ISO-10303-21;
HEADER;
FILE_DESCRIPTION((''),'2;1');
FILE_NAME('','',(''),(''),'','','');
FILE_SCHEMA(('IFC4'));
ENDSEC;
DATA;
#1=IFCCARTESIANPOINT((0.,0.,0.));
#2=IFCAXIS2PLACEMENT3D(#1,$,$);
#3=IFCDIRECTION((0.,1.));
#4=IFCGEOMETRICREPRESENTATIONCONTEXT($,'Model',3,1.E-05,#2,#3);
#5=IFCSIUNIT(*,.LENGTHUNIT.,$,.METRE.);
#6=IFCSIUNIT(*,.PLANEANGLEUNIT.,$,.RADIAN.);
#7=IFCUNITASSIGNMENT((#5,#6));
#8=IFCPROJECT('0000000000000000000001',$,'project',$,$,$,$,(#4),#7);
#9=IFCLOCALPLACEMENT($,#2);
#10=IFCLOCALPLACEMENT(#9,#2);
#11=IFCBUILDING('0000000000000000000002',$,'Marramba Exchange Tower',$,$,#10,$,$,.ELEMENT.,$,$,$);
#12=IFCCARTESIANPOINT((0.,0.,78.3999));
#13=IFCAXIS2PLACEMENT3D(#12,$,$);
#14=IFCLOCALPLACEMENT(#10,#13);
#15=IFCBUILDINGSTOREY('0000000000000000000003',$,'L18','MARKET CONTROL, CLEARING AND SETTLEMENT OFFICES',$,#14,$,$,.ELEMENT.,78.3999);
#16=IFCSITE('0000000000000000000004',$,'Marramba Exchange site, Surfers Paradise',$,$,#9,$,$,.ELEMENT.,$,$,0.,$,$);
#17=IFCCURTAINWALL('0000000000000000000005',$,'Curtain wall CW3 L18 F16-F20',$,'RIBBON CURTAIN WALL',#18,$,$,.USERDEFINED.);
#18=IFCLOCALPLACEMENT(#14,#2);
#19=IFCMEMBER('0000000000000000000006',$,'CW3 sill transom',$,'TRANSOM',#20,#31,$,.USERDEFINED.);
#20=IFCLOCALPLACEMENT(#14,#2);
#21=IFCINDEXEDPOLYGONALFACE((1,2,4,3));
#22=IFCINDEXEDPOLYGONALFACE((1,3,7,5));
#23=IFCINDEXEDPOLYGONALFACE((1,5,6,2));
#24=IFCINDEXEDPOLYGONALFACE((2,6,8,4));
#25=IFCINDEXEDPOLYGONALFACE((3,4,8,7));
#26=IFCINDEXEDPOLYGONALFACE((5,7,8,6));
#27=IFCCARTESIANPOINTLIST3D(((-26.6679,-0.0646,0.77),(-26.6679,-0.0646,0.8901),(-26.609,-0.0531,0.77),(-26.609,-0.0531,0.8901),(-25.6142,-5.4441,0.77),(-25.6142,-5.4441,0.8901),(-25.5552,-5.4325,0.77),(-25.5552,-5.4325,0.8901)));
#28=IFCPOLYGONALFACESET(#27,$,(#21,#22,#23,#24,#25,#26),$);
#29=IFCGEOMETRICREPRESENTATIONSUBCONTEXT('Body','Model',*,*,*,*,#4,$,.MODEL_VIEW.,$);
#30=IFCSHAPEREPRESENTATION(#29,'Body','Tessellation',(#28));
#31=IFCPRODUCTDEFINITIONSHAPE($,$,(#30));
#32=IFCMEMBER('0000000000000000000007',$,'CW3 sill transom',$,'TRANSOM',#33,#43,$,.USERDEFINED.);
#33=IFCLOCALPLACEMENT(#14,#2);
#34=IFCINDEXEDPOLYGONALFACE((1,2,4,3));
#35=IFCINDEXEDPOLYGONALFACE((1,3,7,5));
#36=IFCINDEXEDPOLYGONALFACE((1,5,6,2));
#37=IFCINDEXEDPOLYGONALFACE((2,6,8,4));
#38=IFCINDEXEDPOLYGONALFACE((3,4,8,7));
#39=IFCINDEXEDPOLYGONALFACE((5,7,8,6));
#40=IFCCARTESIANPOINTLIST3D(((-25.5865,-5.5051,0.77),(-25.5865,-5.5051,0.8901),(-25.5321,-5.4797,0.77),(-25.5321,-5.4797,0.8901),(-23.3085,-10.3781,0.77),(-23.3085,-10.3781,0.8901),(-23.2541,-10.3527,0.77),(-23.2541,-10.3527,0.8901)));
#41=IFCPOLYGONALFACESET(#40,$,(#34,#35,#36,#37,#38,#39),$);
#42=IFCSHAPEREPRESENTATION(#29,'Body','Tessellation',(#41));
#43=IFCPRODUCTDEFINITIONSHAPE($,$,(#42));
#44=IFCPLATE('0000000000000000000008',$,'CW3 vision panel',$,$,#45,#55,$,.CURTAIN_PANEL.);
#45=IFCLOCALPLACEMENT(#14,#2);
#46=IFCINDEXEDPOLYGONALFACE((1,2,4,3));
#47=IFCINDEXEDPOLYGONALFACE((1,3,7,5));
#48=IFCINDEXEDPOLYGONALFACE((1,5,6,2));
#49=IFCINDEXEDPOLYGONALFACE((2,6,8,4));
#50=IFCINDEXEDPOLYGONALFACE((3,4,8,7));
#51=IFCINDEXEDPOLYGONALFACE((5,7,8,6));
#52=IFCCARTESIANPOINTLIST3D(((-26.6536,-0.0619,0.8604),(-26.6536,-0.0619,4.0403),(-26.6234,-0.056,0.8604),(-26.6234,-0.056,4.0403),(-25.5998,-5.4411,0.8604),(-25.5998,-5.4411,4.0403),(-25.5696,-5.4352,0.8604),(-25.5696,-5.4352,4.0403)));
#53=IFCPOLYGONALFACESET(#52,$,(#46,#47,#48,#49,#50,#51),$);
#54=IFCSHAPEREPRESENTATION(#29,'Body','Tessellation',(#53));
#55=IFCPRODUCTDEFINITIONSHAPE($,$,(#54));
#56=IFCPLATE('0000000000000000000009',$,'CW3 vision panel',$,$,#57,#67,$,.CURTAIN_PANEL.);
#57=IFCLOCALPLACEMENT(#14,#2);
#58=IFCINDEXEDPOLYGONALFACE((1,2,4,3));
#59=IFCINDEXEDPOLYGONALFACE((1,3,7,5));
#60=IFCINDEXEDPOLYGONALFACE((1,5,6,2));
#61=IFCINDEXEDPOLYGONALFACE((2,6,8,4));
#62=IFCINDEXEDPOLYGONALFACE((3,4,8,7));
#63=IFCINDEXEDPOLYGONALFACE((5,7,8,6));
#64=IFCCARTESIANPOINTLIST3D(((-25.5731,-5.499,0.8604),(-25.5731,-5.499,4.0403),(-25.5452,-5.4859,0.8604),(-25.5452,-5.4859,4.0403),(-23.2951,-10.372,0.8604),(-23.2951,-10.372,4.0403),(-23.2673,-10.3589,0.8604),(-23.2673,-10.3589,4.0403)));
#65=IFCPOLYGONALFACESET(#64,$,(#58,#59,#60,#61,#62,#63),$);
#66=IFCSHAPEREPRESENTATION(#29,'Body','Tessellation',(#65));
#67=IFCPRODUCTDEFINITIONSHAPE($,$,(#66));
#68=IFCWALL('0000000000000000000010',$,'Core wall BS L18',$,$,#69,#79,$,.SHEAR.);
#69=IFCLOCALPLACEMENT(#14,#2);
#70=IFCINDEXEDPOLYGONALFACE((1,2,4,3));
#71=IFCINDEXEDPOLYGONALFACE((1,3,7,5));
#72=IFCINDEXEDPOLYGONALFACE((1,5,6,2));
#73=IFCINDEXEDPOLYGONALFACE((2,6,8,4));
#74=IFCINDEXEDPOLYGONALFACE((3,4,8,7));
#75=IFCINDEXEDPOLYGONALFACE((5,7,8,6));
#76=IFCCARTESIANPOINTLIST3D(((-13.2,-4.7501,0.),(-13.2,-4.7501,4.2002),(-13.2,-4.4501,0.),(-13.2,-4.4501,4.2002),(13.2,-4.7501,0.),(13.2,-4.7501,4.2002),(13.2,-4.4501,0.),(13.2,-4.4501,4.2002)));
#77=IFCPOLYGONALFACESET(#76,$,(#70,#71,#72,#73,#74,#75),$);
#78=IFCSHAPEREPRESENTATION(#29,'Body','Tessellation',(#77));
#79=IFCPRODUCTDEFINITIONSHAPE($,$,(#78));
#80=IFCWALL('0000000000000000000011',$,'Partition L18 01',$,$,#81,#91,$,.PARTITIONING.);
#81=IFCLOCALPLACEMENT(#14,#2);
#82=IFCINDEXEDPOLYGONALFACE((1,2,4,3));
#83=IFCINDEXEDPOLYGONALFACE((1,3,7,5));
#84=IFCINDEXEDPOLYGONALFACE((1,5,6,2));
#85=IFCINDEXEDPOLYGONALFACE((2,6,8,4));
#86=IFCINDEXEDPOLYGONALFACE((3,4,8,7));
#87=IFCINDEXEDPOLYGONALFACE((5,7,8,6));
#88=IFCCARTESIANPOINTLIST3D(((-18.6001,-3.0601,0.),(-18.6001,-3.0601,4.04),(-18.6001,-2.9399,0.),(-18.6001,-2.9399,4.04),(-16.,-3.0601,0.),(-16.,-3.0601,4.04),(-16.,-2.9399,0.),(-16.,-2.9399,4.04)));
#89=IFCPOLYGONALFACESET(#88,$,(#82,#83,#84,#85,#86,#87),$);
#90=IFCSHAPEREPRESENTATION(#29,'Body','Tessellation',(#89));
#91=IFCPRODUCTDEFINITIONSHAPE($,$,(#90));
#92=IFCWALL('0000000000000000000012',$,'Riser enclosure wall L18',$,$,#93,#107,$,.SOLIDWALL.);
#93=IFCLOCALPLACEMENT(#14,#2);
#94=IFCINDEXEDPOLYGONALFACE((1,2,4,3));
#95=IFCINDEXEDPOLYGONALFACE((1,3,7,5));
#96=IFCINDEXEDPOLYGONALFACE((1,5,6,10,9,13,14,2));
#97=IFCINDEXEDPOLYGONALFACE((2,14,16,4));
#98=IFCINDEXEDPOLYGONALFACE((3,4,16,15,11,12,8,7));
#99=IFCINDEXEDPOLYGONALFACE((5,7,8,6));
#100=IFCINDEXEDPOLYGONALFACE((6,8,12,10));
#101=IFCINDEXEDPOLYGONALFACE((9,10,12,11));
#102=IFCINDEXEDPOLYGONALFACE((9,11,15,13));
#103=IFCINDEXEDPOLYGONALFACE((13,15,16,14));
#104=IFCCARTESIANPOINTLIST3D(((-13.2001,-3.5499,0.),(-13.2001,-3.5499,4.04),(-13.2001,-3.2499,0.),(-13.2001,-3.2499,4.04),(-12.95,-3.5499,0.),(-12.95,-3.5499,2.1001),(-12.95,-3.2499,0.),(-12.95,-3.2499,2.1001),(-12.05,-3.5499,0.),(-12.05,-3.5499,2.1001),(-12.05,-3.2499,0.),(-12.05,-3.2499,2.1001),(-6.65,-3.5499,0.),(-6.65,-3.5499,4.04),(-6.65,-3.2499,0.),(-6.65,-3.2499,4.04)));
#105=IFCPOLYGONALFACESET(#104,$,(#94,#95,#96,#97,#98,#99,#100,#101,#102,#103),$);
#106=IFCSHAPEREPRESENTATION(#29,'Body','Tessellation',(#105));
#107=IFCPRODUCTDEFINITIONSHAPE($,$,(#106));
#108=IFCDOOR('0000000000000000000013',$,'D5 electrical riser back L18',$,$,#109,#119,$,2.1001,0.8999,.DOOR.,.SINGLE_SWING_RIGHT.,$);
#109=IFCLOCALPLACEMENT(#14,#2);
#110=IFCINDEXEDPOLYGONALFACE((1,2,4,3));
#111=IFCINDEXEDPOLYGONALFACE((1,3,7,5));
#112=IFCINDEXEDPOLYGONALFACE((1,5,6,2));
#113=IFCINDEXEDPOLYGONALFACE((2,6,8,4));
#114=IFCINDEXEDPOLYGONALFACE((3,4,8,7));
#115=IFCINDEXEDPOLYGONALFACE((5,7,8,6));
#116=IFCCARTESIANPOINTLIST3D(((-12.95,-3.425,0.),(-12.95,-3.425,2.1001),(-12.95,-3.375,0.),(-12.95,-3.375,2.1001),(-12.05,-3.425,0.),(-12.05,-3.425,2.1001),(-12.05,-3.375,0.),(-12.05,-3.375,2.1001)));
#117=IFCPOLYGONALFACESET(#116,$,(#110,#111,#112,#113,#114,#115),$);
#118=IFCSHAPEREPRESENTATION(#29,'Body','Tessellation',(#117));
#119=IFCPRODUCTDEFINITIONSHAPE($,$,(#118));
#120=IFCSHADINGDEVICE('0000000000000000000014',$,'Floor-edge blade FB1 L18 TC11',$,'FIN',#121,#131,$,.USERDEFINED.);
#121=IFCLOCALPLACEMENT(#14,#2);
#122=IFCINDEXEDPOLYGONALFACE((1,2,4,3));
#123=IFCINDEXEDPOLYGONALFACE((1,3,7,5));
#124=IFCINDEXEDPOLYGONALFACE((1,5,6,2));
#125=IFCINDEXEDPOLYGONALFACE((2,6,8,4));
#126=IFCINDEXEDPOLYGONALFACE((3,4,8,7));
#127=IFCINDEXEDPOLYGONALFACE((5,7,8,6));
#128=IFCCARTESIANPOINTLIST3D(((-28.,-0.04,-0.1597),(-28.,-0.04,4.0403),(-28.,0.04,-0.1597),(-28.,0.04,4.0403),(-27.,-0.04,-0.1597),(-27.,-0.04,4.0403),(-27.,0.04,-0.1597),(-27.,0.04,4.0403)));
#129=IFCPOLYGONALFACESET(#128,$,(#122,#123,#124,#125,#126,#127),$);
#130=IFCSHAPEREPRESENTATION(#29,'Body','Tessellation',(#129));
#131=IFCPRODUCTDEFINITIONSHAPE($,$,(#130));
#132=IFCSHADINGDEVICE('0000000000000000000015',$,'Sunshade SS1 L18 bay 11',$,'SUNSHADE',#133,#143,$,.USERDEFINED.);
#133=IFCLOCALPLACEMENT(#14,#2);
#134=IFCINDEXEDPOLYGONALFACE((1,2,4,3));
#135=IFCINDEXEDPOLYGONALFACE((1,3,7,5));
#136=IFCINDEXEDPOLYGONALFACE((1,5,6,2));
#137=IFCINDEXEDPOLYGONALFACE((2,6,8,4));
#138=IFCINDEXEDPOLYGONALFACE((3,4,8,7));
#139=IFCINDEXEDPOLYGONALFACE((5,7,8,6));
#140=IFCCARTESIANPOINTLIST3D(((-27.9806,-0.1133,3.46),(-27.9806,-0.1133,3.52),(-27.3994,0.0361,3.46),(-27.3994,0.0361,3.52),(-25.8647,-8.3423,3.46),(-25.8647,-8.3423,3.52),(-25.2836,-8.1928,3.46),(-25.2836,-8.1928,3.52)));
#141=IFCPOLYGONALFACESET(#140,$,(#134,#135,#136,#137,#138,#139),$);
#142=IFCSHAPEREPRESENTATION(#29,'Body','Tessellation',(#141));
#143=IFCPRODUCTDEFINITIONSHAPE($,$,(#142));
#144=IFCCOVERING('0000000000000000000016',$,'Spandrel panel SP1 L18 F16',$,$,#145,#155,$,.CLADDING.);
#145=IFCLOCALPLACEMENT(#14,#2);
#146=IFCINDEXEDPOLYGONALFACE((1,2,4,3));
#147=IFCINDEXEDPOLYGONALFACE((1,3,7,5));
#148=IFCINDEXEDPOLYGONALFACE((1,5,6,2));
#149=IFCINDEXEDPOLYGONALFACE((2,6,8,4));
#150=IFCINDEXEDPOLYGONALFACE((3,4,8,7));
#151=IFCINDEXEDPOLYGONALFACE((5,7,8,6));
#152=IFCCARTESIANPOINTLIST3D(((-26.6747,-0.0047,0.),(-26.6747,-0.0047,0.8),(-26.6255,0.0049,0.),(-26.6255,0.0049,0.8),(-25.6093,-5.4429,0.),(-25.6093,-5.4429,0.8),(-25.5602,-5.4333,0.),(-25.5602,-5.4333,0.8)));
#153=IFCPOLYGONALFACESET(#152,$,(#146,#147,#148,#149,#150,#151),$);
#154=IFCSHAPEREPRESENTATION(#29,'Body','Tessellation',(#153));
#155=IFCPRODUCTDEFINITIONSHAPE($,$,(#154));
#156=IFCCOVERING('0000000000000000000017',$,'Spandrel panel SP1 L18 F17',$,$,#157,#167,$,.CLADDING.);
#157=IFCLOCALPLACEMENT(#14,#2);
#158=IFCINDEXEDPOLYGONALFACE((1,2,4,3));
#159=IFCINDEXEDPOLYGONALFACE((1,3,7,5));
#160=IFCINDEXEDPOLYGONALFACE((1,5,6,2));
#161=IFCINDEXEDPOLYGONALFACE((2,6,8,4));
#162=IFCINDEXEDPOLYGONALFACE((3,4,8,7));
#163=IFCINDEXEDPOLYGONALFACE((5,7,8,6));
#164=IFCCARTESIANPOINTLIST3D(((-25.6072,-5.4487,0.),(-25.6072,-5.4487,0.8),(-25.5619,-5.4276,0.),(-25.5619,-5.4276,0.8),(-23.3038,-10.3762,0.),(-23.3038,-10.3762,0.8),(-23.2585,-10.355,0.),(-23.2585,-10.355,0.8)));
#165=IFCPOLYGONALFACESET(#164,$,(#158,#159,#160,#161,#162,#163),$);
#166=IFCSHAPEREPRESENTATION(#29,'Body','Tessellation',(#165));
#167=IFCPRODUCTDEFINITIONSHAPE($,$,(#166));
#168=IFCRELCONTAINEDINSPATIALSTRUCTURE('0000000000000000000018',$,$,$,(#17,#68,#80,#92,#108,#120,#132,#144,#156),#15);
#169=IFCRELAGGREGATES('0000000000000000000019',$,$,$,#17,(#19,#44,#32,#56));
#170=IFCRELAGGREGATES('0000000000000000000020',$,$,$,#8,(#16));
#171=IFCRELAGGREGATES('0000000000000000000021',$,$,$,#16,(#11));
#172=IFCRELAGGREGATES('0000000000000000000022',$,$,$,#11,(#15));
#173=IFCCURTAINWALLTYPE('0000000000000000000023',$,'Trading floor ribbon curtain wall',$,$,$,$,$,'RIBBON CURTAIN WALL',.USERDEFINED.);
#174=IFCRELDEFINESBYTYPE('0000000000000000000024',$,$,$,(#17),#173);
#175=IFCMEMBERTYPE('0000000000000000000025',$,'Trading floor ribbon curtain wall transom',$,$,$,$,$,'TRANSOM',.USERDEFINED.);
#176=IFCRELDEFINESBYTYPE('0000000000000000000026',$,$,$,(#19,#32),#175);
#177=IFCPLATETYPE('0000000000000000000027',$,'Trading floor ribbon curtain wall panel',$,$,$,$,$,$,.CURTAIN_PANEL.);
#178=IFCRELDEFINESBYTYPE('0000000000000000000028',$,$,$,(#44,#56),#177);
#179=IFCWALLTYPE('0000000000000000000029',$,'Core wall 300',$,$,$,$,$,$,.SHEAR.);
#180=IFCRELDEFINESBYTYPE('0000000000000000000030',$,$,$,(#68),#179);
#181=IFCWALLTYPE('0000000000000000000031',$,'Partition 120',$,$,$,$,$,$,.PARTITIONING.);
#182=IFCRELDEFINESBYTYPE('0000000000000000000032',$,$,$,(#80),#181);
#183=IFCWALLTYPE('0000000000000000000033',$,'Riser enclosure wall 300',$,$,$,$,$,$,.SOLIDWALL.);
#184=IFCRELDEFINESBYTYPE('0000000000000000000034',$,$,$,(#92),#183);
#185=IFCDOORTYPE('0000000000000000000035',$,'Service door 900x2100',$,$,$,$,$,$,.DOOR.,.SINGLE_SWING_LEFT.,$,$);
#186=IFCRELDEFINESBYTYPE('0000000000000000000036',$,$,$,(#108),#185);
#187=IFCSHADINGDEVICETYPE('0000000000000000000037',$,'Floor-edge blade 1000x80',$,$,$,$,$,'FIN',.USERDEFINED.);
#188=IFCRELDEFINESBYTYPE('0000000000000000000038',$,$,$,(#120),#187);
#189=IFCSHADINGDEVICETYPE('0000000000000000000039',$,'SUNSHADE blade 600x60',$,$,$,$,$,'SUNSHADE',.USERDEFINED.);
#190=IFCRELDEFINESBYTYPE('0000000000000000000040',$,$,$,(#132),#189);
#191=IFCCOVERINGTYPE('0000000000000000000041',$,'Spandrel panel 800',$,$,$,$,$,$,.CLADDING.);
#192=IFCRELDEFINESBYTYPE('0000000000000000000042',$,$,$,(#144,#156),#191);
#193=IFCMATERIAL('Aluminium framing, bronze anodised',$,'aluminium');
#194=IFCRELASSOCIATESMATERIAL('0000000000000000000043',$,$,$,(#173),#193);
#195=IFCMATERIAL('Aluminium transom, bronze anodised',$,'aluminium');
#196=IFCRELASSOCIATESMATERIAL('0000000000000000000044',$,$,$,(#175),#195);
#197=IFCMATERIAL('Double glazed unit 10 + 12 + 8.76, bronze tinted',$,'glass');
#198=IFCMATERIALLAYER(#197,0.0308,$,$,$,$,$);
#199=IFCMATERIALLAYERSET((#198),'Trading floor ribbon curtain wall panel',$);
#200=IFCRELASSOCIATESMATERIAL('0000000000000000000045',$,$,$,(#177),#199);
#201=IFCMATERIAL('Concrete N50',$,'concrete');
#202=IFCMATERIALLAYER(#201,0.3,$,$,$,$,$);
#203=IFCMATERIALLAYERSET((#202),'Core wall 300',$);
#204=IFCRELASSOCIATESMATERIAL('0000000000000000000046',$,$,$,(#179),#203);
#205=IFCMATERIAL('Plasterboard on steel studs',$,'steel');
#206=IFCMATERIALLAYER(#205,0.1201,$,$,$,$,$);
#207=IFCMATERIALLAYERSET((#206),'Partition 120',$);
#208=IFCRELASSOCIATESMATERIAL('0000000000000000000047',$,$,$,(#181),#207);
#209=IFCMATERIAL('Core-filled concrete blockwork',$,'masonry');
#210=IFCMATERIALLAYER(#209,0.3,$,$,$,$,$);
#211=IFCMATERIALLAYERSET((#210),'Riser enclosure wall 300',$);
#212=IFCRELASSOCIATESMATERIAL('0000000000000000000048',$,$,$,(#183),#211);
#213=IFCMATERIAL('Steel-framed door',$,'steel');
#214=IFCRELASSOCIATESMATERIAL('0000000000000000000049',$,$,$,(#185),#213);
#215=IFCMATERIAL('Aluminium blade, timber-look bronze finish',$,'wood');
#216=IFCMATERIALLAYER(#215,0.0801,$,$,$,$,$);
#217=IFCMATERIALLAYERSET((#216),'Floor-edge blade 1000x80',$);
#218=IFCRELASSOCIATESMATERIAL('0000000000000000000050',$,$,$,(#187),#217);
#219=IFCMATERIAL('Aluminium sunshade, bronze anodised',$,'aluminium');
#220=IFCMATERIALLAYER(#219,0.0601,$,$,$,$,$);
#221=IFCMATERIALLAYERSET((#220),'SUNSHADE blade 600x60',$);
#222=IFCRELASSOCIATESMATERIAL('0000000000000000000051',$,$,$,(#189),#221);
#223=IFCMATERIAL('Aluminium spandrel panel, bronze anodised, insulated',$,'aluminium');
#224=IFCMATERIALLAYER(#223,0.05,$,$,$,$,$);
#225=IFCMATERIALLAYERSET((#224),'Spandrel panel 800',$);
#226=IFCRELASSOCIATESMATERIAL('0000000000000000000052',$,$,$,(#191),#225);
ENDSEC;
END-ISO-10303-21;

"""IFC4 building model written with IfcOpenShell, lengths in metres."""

from ifc_helpers import new_model, si_unit, direction, frame, frame_2d, origin, origin_2d, place, context, subcontext, project, spatial, rectangle, extrude, material, layer, layer_set, material_profile, profile_set, type_object, element, fill, aggregate, save


model = new_model("IFC4")

# Units and contexts
model_context = context("Model", 3, precision=1e-05, world=origin(), true_north=direction((0.0, 1.0)))
body_context = subcontext(model_context, "Body", "Model", "MODEL_VIEW")
ifc_project = project(units=[si_unit("LENGTHUNIT", "METRE"), si_unit("PLANEANGLEUNIT", "RADIAN")], contexts=[model_context])

# Site, building, storey
site_placement = place(None, origin())
site = spatial("IfcSite", under=ifc_project, at=site_placement, Name="Marramba Exchange site, Surfers Paradise", CompositionType="ELEMENT", RefElevation=0.0)
building_placement = place(site_placement, origin())
building = spatial("IfcBuilding", under=site, at=building_placement, Name="Marramba Exchange Tower", CompositionType="ELEMENT")
storey_placement = place(building_placement, frame((0.0, 0.0, 78.3999)))
storey = spatial("IfcBuildingStorey", under=building, at=storey_placement, Name="L18", Description="MARKET CONTROL, CLEARING AND SETTLEMENT OFFICES", CompositionType="ELEMENT", Elevation=78.3999)

# Shared definitions
ifc_material_1 = material(Name="Concrete N50", Category="concrete")

# Curtain wall, members, plates
ifc_material_2 = material(Name="Aluminium framing, bronze anodised", Category="aluminium")
curtain_wall_type = type_object("IfcCurtainWallType", Name="Trading floor ribbon curtain wall", ElementType="RIBBON CURTAIN WALL", PredefinedType="USERDEFINED", material=ifc_material_2)
curtain_wall_placement = place(storey_placement, origin())
curtain_wall = element("IfcCurtainWall", 1, at=curtain_wall_placement, inside=storey, type_object=curtain_wall_type, Name="Curtain wall CW3 L18 F16-F20", ObjectType="RIBBON CURTAIN WALL", PredefinedType="USERDEFINED")
ifc_material_3 = material(Name="Aluminium transom, bronze anodised", Category="aluminium")
ifc_material_profile_1 = material_profile(ifc_material_3, rectangle(XDim=0.0601, YDim=0.1201, at=origin_2d()), Name="CW3 transom 60x120")
ifc_profile_set_1 = profile_set([ifc_material_profile_1], Name="Aluminium transom, bronze anodised")
member_type_1 = type_object("IfcMemberType", Name="Trading floor ribbon curtain wall transom", ElementType="TRANSOM", PredefinedType="USERDEFINED", material=ifc_profile_set_1)
member_1_placement = place(storey_placement, frame((-26.6384, -0.0588, 0.8301), z_axis=(0.192226, -0.981351, 0.0), x_axis=(0.981351, 0.192226, 0.0)))
member_1 = element("IfcMember", 2, at=member_1_placement, type_object=member_type_1, Name="CW3 sill transom", ObjectType="TRANSOM", PredefinedType="USERDEFINED", context=body_context, shape_type="SweptSolid", body=[
    extrude(rectangle(XDim=0.0601, YDim=0.1201, at=origin_2d()), origin(), (0.0, 0.0, 1.0), 5.4817),
])
member_2_placement = place(storey_placement, frame((-25.5593, -5.4924, 0.8301), z_axis=(0.423494, -0.905899, 0.0), x_axis=(0.905899, 0.423494, 0.0)))
member_2 = element("IfcMember", 3, at=member_2_placement, type_object=member_type_1, Name="CW3 sill transom", ObjectType="TRANSOM", PredefinedType="USERDEFINED", context=body_context, shape_type="SweptSolid", body=[
    extrude(rectangle(XDim=0.0601, YDim=0.1201, at=origin_2d()), origin(), (0.0, 0.0, 1.0), 5.3792),
])
ifc_material_4 = material(Name="Double glazed unit 10 + 12 + 8.76, bronze tinted", Category="glass")
ifc_layer_1 = layer(ifc_material_4, 0.0308)
ifc_layer_set_1 = layer_set([ifc_layer_1], Name="Trading floor ribbon curtain wall panel")
plate_type = type_object("IfcPlateType", Name="Trading floor ribbon curtain wall panel", PredefinedType="CURTAIN_PANEL", material=ifc_layer_set_1)
plate_1_placement = place(storey_placement, frame((-26.1116, -2.7485, 0.8604), z_axis=(0.0, 0.0, 1.0), x_axis=(0.192249, -0.981346, 0.0)))
plate_1 = element("IfcPlate", 4, at=plate_1_placement, type_object=plate_type, Name="CW3 vision panel", PredefinedType="CURTAIN_PANEL", context=body_context, shape_type="SweptSolid", body=[
    extrude(rectangle(XDim=5.4814, YDim=0.0308, at=origin_2d()), origin(), (0.0, 0.0, 1.0), 3.1799),
])
plate_2_placement = place(storey_placement, frame((-24.4202, -7.929, 0.8604), z_axis=(0.0, 0.0, 1.0), x_axis=(0.423477, -0.905907, 0.0)))
plate_2 = element("IfcPlate", 5, at=plate_2_placement, type_object=plate_type, Name="CW3 vision panel", PredefinedType="CURTAIN_PANEL", context=body_context, shape_type="SweptSolid", body=[
    extrude(rectangle(XDim=5.3792, YDim=0.0308, at=origin_2d()), origin(), (0.0, 0.0, 1.0), 3.1799),
])
aggregate(curtain_wall, [member_1, plate_1, member_2, plate_2])

# Walls
ifc_layer_2 = layer(ifc_material_1, 0.3)
ifc_layer_set_2 = layer_set([ifc_layer_2], Name="Core wall 300")
wall_type_1 = type_object("IfcWallType", Name="Core wall 300", PredefinedType="SHEAR", material=ifc_layer_set_2)
wall_1_placement = place(storey_placement, frame((-13.2, -4.6001, 0.0), z_axis=(0.0, 0.0, 1.0), x_axis=(1.0, 0.0, 0.0)))
element("IfcWall", 6, at=wall_1_placement, inside=storey, type_object=wall_type_1, Name="Core wall BS L18", PredefinedType="SHEAR", context=body_context, shape_type="SweptSolid", body=[
    extrude(rectangle(XDim=26.3999, YDim=0.3, at=frame_2d((13.2, 0.0))), origin(), (0.0, 0.0, 1.0), 4.2002),
])
ifc_material_5 = material(Name="Plasterboard on steel studs", Category="steel")
ifc_layer_3 = layer(ifc_material_5, 0.1201)
ifc_layer_set_3 = layer_set([ifc_layer_3], Name="Partition 120")
wall_type_2 = type_object("IfcWallType", Name="Partition 120", PredefinedType="PARTITIONING", material=ifc_layer_set_3)
wall_2_placement = place(storey_placement, frame((-18.6001, -3.0, 0.0), z_axis=(0.0, 0.0, 1.0), x_axis=(1.0, 0.0, 0.0)))
element("IfcWall", 7, at=wall_2_placement, inside=storey, type_object=wall_type_2, Name="Partition L18 01", PredefinedType="PARTITIONING", context=body_context, shape_type="SweptSolid", body=[
    extrude(rectangle(XDim=2.6001, YDim=0.1201, at=frame_2d((1.3, 0.0))), origin(), (0.0, 0.0, 1.0), 4.04),
])

# Wall, opening, door
ifc_material_6 = material(Name="Core-filled concrete blockwork", Category="masonry")
ifc_layer_4 = layer(ifc_material_6, 0.3)
ifc_layer_set_4 = layer_set([ifc_layer_4], Name="Riser enclosure wall 300")
wall_type_3 = type_object("IfcWallType", Name="Riser enclosure wall 300", PredefinedType="SOLIDWALL", material=ifc_layer_set_4)
wall_3_placement = place(storey_placement, frame((-13.2, -3.3999, 0.0), z_axis=(0.0, 0.0, 1.0), x_axis=(1.0, 0.0, 0.0)))
wall_3 = element("IfcWall", 8, at=wall_3_placement, inside=storey, type_object=wall_type_3, Name="Riser enclosure wall L18", PredefinedType="SOLIDWALL", context=body_context, shape_type="SweptSolid", body=[
    extrude(rectangle(XDim=6.55, YDim=0.3, at=frame_2d((3.2749, 0.0))), origin(), (0.0, 0.0, 1.0), 4.04),
])
opening_placement = place(wall_3_placement, frame((0.25, 0.0, 0.0)))
opening = element("IfcOpeningElement", 9, at=opening_placement, cuts=wall_3, PredefinedType="OPENING", context=body_context, shape_type="SweptSolid", body=[
    extrude(rectangle(XDim=0.8999, YDim=2.1001, at=frame_2d((0.45, 1.05))), frame((0.0, 0.1599, 0.0), z_axis=(0.0, -1.0, 0.0), x_axis=(1.0, 0.0, 0.0)), (0.0, 0.0, 1.0), 0.3201),
])
ifc_material_7 = material(Name="Steel-framed door", Category="steel")
door_type = type_object("IfcDoorType", Name="Service door 900x2100", OperationType="SINGLE_SWING_LEFT", PredefinedType="DOOR", material=ifc_material_7)
door_placement = place(opening_placement, frame((0.8999, 0.0, 0.0), z_axis=(0.0, 0.0, 1.0), x_axis=(-1.0, 0.0, 0.0)))
door = element("IfcDoor", 10, at=door_placement, inside=storey, type_object=door_type, Name="D5 electrical riser back L18", OperationType="SINGLE_SWING_RIGHT", OverallHeight=2.1001, OverallWidth=0.8999, PredefinedType="DOOR", context=body_context, shape_type="SweptSolid", body=[
    extrude(rectangle(XDim=0.8999, YDim=2.1001, at=frame_2d((0.45, 1.05))), frame((0.0, 0.0251, 0.0), z_axis=(0.0, -1.0, 0.0), x_axis=(1.0, 0.0, 0.0)), (0.0, 0.0, 1.0), 0.05),
])
fill(opening, door)

# Shading devices
ifc_material_8 = material(Name="Aluminium blade, timber-look bronze finish", Category="wood")
ifc_layer_5 = layer(ifc_material_8, 0.0801)
ifc_layer_set_5 = layer_set([ifc_layer_5], Name="Floor-edge blade 1000x80")
shading_device_type_1 = type_object("IfcShadingDeviceType", Name="Floor-edge blade 1000x80", ElementType="FIN", PredefinedType="USERDEFINED", material=ifc_layer_set_5)
shading_device_1_placement = place(storey_placement, frame((-27.5, 0.0, -0.1597), z_axis=(0.0, 0.0, 1.0), x_axis=(-1.0, 0.0, 0.0)))
element("IfcShadingDevice", 11, at=shading_device_1_placement, inside=storey, type_object=shading_device_type_1, Name="Floor-edge blade FB1 L18 TC11", ObjectType="FIN", PredefinedType="USERDEFINED", context=body_context, shape_type="SweptSolid", body=[
    extrude(rectangle(XDim=1.0, YDim=0.0801, at=origin_2d()), origin(), (0.0, 0.0, 1.0), 4.2),
])
ifc_material_9 = material(Name="Aluminium sunshade, bronze anodised", Category="aluminium")
ifc_layer_6 = layer(ifc_material_9, 0.0601)
ifc_layer_set_6 = layer_set([ifc_layer_6], Name="SUNSHADE blade 600x60")
shading_device_type_2 = type_object("IfcShadingDeviceType", Name="SUNSHADE blade 600x60", ElementType="SUNSHADE", PredefinedType="USERDEFINED", material=ifc_layer_set_6)
shading_device_2_placement = place(storey_placement, frame((-26.6321, -4.1531, 3.46), z_axis=(0.0, 0.0, 1.0), x_axis=(0.249025, -0.968497, 0.0)))
element("IfcShadingDevice", 12, at=shading_device_2_placement, inside=storey, type_object=shading_device_type_2, Name="Sunshade SS1 L18 bay 11", ObjectType="SUNSHADE", PredefinedType="USERDEFINED", context=body_context, shape_type="SweptSolid", body=[
    extrude(rectangle(XDim=8.4966, YDim=0.6001, at=origin_2d()), origin(), (0.0, 0.0, 1.0), 0.0601),
])

# Coverings
ifc_material_10 = material(Name="Aluminium spandrel panel, bronze anodised, insulated", Category="aluminium")
ifc_layer_7 = layer(ifc_material_10, 0.05)
ifc_layer_set_7 = layer_set([ifc_layer_7], Name="Spandrel panel 800")
covering_type = type_object("IfcCoveringType", Name="Spandrel panel 800", PredefinedType="CLADDING", material=ifc_layer_set_7)
covering_1_placement = place(storey_placement, frame((-26.1174, -2.719, 0.0), z_axis=(0.0, 0.0, 1.0), x_axis=(0.192249, -0.981346, 0.0)))
element("IfcCovering", 13, at=covering_1_placement, inside=storey, type_object=covering_type, Name="Spandrel panel SP1 L18 F16", PredefinedType="CLADDING", context=body_context, shape_type="SweptSolid", body=[
    extrude(rectangle(XDim=5.5415, YDim=0.05, at=origin_2d()), origin(), (0.0, 0.0, 1.0), 0.8),
])
covering_2_placement = place(storey_placement, frame((-24.4329, -7.9019, 0.0), z_axis=(0.0, 0.0, 1.0), x_axis=(0.423477, -0.905907, 0.0)))
element("IfcCovering", 14, at=covering_2_placement, inside=storey, type_object=covering_type, Name="Spandrel panel SP1 L18 F17", PredefinedType="CLADDING", context=body_context, shape_type="SweptSolid", body=[
    extrude(rectangle(XDim=5.4392, YDim=0.05, at=origin_2d()), origin(), (0.0, 0.0, 1.0), 0.8),
])

save(model, "model.ifc")
